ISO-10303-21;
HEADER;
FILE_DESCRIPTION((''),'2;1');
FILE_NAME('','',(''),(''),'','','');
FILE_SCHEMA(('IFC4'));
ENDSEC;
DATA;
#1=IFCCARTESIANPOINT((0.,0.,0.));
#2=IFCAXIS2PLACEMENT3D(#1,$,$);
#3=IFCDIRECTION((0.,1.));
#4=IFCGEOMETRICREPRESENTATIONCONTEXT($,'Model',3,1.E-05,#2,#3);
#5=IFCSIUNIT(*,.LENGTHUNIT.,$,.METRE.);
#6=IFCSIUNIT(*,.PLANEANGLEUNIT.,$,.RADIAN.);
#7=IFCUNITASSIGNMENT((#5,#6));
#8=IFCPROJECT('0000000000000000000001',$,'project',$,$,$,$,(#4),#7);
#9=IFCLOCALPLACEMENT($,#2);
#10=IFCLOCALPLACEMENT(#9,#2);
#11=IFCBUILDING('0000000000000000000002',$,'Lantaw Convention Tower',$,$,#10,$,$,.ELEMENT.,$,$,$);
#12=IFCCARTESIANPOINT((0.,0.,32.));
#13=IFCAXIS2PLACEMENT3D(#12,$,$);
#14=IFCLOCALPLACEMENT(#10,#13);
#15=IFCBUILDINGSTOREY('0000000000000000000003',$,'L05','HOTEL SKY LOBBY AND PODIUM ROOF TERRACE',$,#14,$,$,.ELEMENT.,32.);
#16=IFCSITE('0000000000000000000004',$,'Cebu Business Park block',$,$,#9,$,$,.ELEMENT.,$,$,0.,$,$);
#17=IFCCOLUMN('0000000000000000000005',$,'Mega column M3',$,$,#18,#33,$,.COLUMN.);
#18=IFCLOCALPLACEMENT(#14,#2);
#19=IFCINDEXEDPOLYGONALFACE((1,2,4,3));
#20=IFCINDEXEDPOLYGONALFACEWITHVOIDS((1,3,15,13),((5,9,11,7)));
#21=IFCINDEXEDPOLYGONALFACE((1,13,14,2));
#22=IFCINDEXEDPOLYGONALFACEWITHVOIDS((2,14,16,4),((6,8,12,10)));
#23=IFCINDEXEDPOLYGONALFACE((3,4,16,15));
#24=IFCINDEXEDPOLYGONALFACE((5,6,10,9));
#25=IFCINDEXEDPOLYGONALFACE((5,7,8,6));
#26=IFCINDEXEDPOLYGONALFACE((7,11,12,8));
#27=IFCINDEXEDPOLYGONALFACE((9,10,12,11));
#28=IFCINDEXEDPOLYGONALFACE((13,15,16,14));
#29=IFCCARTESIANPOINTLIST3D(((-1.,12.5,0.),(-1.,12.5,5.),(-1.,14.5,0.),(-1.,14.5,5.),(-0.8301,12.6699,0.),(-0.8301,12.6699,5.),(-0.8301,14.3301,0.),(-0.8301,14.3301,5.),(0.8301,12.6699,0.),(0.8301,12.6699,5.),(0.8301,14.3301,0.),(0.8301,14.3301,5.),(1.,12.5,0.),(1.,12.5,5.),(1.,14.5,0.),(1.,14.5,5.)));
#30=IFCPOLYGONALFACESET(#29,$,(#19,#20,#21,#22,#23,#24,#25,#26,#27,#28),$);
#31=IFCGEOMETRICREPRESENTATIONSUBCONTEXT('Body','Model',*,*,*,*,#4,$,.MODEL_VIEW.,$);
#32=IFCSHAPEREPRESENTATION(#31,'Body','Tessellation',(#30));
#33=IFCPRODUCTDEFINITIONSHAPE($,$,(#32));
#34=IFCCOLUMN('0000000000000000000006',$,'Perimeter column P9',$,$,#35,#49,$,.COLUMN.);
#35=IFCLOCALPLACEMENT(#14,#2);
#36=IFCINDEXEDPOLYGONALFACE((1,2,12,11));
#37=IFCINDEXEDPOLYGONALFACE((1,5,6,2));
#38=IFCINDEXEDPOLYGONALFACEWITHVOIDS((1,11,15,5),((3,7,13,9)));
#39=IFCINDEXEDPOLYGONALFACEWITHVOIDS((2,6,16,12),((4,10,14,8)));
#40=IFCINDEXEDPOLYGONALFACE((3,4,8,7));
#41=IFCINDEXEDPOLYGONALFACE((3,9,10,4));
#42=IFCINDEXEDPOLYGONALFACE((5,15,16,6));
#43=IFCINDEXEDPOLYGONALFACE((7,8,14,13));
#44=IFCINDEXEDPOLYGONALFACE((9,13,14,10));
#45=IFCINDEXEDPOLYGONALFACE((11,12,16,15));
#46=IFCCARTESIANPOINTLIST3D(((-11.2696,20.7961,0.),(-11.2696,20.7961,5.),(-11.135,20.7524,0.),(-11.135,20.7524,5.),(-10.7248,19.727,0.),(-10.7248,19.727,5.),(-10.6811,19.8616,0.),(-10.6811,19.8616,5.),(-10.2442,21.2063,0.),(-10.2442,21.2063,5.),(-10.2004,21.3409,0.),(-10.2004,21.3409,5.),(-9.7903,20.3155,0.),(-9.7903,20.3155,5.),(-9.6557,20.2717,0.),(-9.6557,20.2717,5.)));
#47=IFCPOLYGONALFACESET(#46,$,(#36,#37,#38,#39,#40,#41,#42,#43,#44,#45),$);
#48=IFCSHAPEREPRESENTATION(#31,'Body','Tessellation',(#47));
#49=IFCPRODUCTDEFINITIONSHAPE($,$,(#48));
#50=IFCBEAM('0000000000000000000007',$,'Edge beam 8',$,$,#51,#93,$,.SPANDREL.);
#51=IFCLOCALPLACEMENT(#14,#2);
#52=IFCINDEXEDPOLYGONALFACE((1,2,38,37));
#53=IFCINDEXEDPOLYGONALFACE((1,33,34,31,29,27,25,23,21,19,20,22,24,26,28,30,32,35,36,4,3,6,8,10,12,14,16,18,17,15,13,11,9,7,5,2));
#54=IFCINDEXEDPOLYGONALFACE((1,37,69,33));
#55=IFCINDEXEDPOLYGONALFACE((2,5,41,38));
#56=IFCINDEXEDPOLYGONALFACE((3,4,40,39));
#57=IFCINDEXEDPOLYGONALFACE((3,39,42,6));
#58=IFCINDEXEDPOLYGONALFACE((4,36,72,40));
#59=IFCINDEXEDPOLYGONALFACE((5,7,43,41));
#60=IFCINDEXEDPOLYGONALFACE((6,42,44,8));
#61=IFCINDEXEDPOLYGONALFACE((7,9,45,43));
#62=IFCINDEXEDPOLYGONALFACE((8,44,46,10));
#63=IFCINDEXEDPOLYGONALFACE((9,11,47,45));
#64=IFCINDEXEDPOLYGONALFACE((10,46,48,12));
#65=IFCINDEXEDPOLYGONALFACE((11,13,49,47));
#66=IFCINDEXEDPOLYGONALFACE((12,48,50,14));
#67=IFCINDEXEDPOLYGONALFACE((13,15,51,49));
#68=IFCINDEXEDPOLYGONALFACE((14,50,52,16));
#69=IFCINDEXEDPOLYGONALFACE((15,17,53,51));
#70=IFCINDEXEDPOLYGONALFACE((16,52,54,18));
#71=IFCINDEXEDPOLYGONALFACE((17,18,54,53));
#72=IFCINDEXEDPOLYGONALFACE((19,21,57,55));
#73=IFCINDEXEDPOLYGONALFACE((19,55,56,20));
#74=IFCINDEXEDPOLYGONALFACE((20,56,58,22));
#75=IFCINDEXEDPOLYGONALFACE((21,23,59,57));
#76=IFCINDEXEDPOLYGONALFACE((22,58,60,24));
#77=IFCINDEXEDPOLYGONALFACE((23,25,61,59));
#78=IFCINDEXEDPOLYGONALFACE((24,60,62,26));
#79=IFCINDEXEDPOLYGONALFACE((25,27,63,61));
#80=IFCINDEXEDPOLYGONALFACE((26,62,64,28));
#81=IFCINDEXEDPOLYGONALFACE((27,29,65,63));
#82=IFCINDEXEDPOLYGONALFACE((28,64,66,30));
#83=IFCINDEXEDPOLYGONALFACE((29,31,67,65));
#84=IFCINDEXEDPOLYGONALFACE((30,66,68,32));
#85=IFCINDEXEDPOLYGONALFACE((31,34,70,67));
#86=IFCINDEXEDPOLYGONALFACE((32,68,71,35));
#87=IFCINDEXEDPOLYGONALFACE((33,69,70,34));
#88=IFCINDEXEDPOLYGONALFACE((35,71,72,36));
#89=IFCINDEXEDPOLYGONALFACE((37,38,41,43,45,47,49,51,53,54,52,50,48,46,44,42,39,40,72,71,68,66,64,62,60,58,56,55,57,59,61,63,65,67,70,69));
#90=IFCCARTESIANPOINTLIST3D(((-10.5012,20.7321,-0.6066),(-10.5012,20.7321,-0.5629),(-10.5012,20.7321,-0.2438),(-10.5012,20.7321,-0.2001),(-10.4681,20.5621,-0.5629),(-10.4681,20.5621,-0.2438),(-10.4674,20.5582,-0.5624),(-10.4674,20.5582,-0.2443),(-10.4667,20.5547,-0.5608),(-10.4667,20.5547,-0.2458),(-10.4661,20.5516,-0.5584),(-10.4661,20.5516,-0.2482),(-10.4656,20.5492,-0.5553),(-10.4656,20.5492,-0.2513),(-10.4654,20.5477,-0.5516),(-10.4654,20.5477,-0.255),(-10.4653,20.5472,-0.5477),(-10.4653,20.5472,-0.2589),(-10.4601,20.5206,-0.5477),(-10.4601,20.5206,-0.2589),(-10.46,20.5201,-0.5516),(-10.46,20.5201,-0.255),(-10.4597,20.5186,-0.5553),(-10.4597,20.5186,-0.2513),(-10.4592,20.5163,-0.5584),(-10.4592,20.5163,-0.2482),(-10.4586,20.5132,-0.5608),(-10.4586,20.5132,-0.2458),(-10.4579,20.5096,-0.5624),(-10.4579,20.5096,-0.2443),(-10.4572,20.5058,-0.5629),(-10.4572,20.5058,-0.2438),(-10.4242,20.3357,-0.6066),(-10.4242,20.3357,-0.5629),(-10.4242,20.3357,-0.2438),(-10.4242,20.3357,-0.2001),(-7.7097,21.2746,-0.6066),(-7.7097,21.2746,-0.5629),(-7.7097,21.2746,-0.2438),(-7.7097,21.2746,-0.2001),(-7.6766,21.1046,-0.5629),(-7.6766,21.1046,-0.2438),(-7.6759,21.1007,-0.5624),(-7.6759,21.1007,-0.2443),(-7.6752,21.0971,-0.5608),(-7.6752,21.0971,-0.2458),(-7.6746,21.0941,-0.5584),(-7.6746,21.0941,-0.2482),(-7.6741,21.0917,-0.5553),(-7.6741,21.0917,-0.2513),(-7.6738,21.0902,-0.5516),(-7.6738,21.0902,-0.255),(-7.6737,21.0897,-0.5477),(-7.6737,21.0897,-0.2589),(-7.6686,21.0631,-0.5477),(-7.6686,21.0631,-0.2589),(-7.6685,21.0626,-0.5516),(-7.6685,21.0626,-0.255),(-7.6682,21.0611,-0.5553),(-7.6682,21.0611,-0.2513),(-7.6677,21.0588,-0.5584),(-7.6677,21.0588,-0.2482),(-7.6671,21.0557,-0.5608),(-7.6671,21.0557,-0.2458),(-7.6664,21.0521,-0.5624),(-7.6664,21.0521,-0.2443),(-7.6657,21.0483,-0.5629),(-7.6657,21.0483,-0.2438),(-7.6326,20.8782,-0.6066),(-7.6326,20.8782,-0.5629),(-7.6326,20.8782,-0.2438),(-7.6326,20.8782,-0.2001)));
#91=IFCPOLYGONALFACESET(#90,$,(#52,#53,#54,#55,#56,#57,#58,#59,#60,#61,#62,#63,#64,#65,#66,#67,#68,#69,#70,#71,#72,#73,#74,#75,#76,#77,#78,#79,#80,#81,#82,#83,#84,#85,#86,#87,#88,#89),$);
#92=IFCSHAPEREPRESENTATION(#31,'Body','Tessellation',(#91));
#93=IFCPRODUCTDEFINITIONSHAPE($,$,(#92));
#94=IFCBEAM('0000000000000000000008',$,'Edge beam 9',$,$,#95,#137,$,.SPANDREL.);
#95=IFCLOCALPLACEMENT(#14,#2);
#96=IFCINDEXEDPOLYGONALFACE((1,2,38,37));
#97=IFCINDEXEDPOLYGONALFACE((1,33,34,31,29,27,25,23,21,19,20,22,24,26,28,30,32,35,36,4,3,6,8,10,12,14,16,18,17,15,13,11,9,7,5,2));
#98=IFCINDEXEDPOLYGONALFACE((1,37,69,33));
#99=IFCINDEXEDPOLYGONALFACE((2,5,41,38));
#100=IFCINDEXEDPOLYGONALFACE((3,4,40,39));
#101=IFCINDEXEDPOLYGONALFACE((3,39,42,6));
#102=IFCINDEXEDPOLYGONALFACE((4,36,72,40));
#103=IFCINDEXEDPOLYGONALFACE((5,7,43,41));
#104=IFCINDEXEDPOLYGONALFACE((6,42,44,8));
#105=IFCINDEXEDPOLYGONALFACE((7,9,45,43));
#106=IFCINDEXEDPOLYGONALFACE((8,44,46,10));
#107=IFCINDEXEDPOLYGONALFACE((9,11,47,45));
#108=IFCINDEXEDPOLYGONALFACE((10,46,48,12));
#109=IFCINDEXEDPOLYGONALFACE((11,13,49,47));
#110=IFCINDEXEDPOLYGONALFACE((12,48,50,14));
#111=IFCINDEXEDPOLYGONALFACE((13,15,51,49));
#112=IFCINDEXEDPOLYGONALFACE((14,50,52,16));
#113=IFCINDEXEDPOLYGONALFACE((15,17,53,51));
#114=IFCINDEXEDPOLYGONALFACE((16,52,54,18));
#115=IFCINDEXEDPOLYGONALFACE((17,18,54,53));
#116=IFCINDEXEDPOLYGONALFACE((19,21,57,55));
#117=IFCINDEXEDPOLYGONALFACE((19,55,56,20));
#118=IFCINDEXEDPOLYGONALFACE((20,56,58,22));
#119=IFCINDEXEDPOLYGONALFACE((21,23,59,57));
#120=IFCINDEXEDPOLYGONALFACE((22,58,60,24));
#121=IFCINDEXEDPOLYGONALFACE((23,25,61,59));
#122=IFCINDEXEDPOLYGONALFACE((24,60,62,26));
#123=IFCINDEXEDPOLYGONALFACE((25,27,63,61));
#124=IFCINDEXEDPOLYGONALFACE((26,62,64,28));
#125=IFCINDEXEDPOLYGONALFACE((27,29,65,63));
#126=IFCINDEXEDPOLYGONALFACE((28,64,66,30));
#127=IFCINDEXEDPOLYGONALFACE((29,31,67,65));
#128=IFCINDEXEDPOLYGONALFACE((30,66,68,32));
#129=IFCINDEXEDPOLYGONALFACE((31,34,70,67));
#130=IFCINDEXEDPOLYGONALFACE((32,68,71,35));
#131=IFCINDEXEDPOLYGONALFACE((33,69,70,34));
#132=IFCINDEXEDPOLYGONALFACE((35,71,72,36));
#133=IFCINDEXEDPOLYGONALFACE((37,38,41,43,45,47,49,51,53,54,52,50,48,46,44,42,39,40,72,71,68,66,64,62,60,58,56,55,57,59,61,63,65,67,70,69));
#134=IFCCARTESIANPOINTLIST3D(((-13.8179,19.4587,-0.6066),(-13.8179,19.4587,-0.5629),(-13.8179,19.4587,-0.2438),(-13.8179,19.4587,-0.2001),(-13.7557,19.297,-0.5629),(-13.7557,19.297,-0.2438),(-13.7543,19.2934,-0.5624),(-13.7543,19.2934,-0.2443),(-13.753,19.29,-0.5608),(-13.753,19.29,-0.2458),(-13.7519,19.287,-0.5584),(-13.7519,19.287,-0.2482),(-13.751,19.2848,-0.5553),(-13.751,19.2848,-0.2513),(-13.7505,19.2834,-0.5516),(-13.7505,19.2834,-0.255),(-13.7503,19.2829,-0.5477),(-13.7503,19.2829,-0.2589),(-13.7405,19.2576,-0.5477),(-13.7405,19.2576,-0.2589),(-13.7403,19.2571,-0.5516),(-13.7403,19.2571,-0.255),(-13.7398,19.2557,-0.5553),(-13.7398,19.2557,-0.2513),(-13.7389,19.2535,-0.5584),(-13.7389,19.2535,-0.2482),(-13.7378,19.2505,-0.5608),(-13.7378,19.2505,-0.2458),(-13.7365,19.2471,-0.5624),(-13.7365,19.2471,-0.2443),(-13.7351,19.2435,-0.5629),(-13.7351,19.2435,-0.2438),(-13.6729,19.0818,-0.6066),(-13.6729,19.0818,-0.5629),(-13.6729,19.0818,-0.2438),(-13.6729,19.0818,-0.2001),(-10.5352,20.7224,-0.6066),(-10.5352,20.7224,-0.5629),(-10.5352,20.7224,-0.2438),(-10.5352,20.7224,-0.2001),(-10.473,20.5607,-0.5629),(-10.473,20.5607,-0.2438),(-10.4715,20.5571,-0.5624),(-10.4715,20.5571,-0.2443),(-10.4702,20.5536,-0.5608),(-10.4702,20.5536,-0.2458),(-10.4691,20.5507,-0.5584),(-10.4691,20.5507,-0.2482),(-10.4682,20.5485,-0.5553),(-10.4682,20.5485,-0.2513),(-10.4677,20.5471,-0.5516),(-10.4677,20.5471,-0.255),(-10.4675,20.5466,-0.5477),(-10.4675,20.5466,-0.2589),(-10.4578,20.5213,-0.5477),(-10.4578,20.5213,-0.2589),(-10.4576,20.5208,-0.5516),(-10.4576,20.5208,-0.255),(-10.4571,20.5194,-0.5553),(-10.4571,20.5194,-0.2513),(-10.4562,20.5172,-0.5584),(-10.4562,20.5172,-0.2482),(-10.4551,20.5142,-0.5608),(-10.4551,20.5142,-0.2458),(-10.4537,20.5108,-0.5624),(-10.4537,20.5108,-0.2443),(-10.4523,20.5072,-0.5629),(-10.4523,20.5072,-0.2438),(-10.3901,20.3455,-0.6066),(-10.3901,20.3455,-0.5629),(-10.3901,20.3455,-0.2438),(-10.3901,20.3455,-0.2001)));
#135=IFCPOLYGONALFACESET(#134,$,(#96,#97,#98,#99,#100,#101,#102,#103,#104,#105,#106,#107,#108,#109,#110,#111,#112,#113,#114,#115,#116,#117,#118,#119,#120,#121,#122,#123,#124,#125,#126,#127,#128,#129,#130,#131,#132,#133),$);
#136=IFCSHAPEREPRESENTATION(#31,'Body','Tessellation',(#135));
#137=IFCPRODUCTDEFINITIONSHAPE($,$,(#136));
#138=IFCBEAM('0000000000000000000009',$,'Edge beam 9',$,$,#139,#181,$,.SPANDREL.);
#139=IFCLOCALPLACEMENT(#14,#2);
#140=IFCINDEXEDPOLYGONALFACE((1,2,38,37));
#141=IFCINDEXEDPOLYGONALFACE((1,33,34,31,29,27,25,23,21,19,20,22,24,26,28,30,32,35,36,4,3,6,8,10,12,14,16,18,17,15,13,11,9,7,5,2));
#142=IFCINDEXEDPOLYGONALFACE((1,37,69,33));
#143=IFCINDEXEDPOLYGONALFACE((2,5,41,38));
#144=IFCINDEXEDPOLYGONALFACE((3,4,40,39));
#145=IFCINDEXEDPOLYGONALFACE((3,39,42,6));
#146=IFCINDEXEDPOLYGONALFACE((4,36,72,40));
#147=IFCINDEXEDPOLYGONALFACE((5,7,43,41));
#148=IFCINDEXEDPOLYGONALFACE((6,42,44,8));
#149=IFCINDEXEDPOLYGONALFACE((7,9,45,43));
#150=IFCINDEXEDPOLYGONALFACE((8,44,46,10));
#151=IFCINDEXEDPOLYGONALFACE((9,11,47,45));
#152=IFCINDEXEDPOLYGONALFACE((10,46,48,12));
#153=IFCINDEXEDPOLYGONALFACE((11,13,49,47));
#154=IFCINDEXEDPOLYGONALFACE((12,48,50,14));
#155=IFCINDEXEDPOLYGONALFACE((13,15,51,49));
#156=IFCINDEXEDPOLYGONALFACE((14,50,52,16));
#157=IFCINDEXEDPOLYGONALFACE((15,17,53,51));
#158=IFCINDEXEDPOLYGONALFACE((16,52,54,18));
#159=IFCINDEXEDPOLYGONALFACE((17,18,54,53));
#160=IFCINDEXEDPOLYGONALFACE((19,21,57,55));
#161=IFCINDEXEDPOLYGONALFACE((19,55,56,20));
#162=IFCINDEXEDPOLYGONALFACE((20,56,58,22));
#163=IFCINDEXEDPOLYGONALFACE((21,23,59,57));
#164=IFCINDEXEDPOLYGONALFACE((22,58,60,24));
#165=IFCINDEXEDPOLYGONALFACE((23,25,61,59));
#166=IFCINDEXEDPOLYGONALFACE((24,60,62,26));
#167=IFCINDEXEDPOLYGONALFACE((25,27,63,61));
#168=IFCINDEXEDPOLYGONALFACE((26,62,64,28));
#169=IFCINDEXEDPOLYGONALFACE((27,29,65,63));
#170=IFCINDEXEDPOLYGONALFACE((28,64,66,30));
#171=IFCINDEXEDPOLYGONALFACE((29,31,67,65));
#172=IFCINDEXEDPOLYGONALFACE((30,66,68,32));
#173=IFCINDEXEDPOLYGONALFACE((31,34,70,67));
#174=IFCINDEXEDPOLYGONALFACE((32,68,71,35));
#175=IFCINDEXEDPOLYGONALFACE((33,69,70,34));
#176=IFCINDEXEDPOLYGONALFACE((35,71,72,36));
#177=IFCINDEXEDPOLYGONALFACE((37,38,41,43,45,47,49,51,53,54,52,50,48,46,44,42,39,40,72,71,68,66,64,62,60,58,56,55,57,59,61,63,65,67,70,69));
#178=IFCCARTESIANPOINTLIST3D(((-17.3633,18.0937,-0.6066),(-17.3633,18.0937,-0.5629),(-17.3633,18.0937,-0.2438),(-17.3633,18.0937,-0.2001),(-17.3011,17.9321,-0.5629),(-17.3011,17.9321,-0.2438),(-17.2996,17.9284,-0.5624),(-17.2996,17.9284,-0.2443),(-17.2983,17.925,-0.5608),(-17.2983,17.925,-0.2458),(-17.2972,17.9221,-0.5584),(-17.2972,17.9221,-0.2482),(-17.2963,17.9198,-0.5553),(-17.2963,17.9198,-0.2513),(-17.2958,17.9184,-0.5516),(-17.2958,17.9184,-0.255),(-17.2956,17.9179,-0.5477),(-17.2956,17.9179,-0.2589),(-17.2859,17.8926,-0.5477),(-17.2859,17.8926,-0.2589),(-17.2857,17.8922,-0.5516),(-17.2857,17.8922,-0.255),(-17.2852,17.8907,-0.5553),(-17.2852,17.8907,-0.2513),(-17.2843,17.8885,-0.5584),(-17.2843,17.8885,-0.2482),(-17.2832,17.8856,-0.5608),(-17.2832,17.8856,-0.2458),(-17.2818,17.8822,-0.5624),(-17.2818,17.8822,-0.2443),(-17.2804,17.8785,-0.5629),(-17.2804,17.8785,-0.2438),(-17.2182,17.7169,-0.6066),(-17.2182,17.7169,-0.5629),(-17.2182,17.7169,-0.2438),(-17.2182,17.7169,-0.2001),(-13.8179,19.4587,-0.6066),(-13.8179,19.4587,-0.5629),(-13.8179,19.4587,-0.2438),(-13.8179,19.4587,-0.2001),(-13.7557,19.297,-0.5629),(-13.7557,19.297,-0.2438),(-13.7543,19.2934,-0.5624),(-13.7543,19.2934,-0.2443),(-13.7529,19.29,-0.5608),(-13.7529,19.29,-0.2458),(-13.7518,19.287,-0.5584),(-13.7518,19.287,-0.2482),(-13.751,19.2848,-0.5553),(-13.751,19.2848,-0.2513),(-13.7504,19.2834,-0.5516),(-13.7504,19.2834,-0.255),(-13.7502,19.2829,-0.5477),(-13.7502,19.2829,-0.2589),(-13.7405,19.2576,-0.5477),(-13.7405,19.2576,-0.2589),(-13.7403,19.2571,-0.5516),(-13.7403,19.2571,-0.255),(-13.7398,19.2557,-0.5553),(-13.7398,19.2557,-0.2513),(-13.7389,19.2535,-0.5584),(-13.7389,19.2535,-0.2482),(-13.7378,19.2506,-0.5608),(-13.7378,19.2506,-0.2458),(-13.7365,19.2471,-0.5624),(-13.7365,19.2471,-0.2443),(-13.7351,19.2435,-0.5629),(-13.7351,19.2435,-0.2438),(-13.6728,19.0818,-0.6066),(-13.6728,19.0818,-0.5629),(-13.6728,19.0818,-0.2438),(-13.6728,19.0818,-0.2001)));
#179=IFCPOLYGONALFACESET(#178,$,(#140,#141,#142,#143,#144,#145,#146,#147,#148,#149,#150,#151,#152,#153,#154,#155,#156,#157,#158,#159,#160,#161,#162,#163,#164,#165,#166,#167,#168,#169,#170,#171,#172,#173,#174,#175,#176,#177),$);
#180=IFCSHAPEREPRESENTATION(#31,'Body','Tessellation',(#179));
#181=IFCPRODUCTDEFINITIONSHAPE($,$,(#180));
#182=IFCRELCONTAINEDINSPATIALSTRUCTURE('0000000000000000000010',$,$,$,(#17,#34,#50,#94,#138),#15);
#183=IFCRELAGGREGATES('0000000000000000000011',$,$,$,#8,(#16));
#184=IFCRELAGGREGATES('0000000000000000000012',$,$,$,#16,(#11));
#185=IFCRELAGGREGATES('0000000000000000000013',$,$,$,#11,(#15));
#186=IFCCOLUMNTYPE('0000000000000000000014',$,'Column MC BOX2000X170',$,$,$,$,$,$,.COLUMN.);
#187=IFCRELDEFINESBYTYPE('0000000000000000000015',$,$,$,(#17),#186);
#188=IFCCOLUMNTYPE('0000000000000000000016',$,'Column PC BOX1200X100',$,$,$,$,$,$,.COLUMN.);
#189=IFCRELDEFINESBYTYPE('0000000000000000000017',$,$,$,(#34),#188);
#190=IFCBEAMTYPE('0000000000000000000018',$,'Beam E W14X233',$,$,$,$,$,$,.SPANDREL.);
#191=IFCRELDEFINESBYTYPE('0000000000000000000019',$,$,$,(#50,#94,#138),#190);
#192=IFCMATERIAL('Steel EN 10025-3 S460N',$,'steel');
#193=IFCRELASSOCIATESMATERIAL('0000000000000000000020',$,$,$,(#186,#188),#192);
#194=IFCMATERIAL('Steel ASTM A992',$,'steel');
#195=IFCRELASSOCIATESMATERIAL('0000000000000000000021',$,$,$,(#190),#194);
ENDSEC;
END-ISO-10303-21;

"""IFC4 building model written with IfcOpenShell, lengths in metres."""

from ifc_helpers import new_model, si_unit, direction, frame, origin, origin_2d, place, context, subcontext, project, spatial, rectangle, hollow_rectangle, i_section, extrude, material, material_profile, profile_set, type_object, element, save


model = new_model("IFC4")

# Units and contexts
model_context = context("Model", 3, precision=1e-05, world=origin(), true_north=direction((0.0, 1.0)))
body_context = subcontext(model_context, "Body", "Model", "MODEL_VIEW")
ifc_project = project(units=[si_unit("LENGTHUNIT", "METRE"), si_unit("PLANEANGLEUNIT", "RADIAN")], contexts=[model_context])

# Site, building, storey
site_placement = place(None, origin())
site = spatial("IfcSite", under=ifc_project, at=site_placement, Name="Cebu Business Park block", CompositionType="ELEMENT", RefElevation=0.0)
building_placement = place(site_placement, origin())
building = spatial("IfcBuilding", under=site, at=building_placement, Name="Lantaw Convention Tower", CompositionType="ELEMENT")
storey_placement = place(building_placement, frame((0.0, 0.0, 32.0)))
storey = spatial("IfcBuildingStorey", under=building, at=storey_placement, Name="L05", Description="HOTEL SKY LOBBY AND PODIUM ROOF TERRACE", CompositionType="ELEMENT", Elevation=32.0)

# Columns
ifc_material_1 = material(Name="Steel EN 10025-3 S460N", Category="steel")
ifc_material_profile_1 = material_profile(ifc_material_1, hollow_rectangle(XDim=2.0, YDim=2.0, WallThickness=0.1699, at=origin_2d()), Name="BOX2000X170")
ifc_material_2 = material(Name="Concrete C60/75", Category="concrete")
ifc_material_profile_2 = material_profile(ifc_material_2, rectangle(XDim=1.6599, YDim=1.6599, at=origin_2d()), Name="Concrete fill of BOX2000X170")
ifc_profile_set_1 = profile_set([ifc_material_profile_1, ifc_material_profile_2], Name="Steel EN 10025-3 S460N")
column_type_1 = type_object("IfcColumnType", Name="Column MC BOX2000X170", PredefinedType="COLUMN", material=ifc_profile_set_1)
column_1_placement = place(storey_placement, frame((0.0, 13.5, 0.0), z_axis=(0.0, 0.0, 1.0), x_axis=(1.0, 0.0, 0.0)))
element("IfcColumn", 1, at=column_1_placement, inside=storey, type_object=column_type_1, Name="Mega column M3", PredefinedType="COLUMN", context=body_context, shape_type="SweptSolid", body=[
    extrude(hollow_rectangle(XDim=2.0, YDim=2.0, WallThickness=0.1699, at=origin_2d()), origin(), (0.0, 0.0, 1.0), 5.0),
])
ifc_material_profile_3 = material_profile(ifc_material_1, hollow_rectangle(XDim=1.2, YDim=1.2, WallThickness=0.1001, at=origin_2d()), Name="BOX1200X100")
ifc_material_profile_4 = material_profile(ifc_material_2, rectangle(XDim=1.0, YDim=1.0, at=origin_2d()), Name="Concrete fill of BOX1200X100")
ifc_profile_set_2 = profile_set([ifc_material_profile_3, ifc_material_profile_4], Name="Steel EN 10025-3 S460N")
column_type_2 = type_object("IfcColumnType", Name="Column PC BOX1200X100", PredefinedType="COLUMN", material=ifc_profile_set_2)
column_2_placement = place(storey_placement, frame((-10.4626, 20.5339, 0.0), z_axis=(0.0, 0.0, 1.0), x_axis=(0.891007, 0.45399, 0.0)))
element("IfcColumn", 2, at=column_2_placement, inside=storey, type_object=column_type_2, Name="Perimeter column P9", PredefinedType="COLUMN", context=body_context, shape_type="SweptSolid", body=[
    extrude(hollow_rectangle(XDim=1.2, YDim=1.2, WallThickness=0.1001, at=origin_2d()), origin(), (0.0, 0.0, 1.0), 5.0),
])

# Beams
ifc_material_3 = material(Name="Steel ASTM A992", Category="steel")
ifc_material_profile_5 = material_profile(ifc_material_3, i_section(OverallWidth=0.4038, OverallDepth=0.4065, WebThickness=0.0271, FlangeThickness=0.0437, FilletRadius=0.0151, at=origin_2d()), Name="W14X233")
ifc_profile_set_3 = profile_set([ifc_material_profile_5], Name="Steel ASTM A992")
beam_type_1 = type_object("IfcBeamType", Name="Beam E W14X233", PredefinedType="SPANDREL", material=ifc_profile_set_3)
beam_1_placement = place(storey_placement, frame((-7.6711, 21.0764, -0.4033), z_axis=(-0.981636, -0.190764, 0.0), x_axis=(0.190764, -0.981636, 0.0)))
element("IfcBeam", 3, at=beam_1_placement, inside=storey, type_object=beam_type_1, Name="Edge beam 8", PredefinedType="SPANDREL", context=body_context, shape_type="SweptSolid", body=[
    extrude(i_section(OverallWidth=0.4038, OverallDepth=0.4065, WebThickness=0.0271, FlangeThickness=0.0437, FilletRadius=0.0151, at=origin_2d()), origin(), (0.0, 0.0, 1.0), 2.8438),
])
beam_2_placement = place(storey_placement, frame((-10.4626, 20.5339, -0.4033), z_axis=(-0.933242, -0.359249, 0.0), x_axis=(0.359249, -0.933242, 0.0)))
element("IfcBeam", 4, at=beam_2_placement, inside=storey, type_object=beam_type_1, Name="Edge beam 9", PredefinedType="SPANDREL", context=body_context, shape_type="SweptSolid", body=[
    extrude(i_section(OverallWidth=0.4038, OverallDepth=0.4065, WebThickness=0.0271, FlangeThickness=0.0437, FilletRadius=0.0151, at=origin_2d()), origin(), (0.0, 0.0, 1.0), 3.5176),
])
beam_3_placement = place(storey_placement, frame((-13.7454, 19.2703, -0.4033), z_axis=(-0.933225, -0.359293, 0.0), x_axis=(0.359293, -0.933225, 0.0)))
element("IfcBeam", 5, at=beam_3_placement, inside=storey, type_object=beam_type_1, Name="Edge beam 9", PredefinedType="SPANDREL", context=body_context, shape_type="SweptSolid", body=[
    extrude(i_section(OverallWidth=0.4038, OverallDepth=0.4065, WebThickness=0.0271, FlangeThickness=0.0437, FilletRadius=0.0151, at=origin_2d()), origin(), (0.0, 0.0, 1.0), 3.7991),
])

save(model, "model.ifc")
